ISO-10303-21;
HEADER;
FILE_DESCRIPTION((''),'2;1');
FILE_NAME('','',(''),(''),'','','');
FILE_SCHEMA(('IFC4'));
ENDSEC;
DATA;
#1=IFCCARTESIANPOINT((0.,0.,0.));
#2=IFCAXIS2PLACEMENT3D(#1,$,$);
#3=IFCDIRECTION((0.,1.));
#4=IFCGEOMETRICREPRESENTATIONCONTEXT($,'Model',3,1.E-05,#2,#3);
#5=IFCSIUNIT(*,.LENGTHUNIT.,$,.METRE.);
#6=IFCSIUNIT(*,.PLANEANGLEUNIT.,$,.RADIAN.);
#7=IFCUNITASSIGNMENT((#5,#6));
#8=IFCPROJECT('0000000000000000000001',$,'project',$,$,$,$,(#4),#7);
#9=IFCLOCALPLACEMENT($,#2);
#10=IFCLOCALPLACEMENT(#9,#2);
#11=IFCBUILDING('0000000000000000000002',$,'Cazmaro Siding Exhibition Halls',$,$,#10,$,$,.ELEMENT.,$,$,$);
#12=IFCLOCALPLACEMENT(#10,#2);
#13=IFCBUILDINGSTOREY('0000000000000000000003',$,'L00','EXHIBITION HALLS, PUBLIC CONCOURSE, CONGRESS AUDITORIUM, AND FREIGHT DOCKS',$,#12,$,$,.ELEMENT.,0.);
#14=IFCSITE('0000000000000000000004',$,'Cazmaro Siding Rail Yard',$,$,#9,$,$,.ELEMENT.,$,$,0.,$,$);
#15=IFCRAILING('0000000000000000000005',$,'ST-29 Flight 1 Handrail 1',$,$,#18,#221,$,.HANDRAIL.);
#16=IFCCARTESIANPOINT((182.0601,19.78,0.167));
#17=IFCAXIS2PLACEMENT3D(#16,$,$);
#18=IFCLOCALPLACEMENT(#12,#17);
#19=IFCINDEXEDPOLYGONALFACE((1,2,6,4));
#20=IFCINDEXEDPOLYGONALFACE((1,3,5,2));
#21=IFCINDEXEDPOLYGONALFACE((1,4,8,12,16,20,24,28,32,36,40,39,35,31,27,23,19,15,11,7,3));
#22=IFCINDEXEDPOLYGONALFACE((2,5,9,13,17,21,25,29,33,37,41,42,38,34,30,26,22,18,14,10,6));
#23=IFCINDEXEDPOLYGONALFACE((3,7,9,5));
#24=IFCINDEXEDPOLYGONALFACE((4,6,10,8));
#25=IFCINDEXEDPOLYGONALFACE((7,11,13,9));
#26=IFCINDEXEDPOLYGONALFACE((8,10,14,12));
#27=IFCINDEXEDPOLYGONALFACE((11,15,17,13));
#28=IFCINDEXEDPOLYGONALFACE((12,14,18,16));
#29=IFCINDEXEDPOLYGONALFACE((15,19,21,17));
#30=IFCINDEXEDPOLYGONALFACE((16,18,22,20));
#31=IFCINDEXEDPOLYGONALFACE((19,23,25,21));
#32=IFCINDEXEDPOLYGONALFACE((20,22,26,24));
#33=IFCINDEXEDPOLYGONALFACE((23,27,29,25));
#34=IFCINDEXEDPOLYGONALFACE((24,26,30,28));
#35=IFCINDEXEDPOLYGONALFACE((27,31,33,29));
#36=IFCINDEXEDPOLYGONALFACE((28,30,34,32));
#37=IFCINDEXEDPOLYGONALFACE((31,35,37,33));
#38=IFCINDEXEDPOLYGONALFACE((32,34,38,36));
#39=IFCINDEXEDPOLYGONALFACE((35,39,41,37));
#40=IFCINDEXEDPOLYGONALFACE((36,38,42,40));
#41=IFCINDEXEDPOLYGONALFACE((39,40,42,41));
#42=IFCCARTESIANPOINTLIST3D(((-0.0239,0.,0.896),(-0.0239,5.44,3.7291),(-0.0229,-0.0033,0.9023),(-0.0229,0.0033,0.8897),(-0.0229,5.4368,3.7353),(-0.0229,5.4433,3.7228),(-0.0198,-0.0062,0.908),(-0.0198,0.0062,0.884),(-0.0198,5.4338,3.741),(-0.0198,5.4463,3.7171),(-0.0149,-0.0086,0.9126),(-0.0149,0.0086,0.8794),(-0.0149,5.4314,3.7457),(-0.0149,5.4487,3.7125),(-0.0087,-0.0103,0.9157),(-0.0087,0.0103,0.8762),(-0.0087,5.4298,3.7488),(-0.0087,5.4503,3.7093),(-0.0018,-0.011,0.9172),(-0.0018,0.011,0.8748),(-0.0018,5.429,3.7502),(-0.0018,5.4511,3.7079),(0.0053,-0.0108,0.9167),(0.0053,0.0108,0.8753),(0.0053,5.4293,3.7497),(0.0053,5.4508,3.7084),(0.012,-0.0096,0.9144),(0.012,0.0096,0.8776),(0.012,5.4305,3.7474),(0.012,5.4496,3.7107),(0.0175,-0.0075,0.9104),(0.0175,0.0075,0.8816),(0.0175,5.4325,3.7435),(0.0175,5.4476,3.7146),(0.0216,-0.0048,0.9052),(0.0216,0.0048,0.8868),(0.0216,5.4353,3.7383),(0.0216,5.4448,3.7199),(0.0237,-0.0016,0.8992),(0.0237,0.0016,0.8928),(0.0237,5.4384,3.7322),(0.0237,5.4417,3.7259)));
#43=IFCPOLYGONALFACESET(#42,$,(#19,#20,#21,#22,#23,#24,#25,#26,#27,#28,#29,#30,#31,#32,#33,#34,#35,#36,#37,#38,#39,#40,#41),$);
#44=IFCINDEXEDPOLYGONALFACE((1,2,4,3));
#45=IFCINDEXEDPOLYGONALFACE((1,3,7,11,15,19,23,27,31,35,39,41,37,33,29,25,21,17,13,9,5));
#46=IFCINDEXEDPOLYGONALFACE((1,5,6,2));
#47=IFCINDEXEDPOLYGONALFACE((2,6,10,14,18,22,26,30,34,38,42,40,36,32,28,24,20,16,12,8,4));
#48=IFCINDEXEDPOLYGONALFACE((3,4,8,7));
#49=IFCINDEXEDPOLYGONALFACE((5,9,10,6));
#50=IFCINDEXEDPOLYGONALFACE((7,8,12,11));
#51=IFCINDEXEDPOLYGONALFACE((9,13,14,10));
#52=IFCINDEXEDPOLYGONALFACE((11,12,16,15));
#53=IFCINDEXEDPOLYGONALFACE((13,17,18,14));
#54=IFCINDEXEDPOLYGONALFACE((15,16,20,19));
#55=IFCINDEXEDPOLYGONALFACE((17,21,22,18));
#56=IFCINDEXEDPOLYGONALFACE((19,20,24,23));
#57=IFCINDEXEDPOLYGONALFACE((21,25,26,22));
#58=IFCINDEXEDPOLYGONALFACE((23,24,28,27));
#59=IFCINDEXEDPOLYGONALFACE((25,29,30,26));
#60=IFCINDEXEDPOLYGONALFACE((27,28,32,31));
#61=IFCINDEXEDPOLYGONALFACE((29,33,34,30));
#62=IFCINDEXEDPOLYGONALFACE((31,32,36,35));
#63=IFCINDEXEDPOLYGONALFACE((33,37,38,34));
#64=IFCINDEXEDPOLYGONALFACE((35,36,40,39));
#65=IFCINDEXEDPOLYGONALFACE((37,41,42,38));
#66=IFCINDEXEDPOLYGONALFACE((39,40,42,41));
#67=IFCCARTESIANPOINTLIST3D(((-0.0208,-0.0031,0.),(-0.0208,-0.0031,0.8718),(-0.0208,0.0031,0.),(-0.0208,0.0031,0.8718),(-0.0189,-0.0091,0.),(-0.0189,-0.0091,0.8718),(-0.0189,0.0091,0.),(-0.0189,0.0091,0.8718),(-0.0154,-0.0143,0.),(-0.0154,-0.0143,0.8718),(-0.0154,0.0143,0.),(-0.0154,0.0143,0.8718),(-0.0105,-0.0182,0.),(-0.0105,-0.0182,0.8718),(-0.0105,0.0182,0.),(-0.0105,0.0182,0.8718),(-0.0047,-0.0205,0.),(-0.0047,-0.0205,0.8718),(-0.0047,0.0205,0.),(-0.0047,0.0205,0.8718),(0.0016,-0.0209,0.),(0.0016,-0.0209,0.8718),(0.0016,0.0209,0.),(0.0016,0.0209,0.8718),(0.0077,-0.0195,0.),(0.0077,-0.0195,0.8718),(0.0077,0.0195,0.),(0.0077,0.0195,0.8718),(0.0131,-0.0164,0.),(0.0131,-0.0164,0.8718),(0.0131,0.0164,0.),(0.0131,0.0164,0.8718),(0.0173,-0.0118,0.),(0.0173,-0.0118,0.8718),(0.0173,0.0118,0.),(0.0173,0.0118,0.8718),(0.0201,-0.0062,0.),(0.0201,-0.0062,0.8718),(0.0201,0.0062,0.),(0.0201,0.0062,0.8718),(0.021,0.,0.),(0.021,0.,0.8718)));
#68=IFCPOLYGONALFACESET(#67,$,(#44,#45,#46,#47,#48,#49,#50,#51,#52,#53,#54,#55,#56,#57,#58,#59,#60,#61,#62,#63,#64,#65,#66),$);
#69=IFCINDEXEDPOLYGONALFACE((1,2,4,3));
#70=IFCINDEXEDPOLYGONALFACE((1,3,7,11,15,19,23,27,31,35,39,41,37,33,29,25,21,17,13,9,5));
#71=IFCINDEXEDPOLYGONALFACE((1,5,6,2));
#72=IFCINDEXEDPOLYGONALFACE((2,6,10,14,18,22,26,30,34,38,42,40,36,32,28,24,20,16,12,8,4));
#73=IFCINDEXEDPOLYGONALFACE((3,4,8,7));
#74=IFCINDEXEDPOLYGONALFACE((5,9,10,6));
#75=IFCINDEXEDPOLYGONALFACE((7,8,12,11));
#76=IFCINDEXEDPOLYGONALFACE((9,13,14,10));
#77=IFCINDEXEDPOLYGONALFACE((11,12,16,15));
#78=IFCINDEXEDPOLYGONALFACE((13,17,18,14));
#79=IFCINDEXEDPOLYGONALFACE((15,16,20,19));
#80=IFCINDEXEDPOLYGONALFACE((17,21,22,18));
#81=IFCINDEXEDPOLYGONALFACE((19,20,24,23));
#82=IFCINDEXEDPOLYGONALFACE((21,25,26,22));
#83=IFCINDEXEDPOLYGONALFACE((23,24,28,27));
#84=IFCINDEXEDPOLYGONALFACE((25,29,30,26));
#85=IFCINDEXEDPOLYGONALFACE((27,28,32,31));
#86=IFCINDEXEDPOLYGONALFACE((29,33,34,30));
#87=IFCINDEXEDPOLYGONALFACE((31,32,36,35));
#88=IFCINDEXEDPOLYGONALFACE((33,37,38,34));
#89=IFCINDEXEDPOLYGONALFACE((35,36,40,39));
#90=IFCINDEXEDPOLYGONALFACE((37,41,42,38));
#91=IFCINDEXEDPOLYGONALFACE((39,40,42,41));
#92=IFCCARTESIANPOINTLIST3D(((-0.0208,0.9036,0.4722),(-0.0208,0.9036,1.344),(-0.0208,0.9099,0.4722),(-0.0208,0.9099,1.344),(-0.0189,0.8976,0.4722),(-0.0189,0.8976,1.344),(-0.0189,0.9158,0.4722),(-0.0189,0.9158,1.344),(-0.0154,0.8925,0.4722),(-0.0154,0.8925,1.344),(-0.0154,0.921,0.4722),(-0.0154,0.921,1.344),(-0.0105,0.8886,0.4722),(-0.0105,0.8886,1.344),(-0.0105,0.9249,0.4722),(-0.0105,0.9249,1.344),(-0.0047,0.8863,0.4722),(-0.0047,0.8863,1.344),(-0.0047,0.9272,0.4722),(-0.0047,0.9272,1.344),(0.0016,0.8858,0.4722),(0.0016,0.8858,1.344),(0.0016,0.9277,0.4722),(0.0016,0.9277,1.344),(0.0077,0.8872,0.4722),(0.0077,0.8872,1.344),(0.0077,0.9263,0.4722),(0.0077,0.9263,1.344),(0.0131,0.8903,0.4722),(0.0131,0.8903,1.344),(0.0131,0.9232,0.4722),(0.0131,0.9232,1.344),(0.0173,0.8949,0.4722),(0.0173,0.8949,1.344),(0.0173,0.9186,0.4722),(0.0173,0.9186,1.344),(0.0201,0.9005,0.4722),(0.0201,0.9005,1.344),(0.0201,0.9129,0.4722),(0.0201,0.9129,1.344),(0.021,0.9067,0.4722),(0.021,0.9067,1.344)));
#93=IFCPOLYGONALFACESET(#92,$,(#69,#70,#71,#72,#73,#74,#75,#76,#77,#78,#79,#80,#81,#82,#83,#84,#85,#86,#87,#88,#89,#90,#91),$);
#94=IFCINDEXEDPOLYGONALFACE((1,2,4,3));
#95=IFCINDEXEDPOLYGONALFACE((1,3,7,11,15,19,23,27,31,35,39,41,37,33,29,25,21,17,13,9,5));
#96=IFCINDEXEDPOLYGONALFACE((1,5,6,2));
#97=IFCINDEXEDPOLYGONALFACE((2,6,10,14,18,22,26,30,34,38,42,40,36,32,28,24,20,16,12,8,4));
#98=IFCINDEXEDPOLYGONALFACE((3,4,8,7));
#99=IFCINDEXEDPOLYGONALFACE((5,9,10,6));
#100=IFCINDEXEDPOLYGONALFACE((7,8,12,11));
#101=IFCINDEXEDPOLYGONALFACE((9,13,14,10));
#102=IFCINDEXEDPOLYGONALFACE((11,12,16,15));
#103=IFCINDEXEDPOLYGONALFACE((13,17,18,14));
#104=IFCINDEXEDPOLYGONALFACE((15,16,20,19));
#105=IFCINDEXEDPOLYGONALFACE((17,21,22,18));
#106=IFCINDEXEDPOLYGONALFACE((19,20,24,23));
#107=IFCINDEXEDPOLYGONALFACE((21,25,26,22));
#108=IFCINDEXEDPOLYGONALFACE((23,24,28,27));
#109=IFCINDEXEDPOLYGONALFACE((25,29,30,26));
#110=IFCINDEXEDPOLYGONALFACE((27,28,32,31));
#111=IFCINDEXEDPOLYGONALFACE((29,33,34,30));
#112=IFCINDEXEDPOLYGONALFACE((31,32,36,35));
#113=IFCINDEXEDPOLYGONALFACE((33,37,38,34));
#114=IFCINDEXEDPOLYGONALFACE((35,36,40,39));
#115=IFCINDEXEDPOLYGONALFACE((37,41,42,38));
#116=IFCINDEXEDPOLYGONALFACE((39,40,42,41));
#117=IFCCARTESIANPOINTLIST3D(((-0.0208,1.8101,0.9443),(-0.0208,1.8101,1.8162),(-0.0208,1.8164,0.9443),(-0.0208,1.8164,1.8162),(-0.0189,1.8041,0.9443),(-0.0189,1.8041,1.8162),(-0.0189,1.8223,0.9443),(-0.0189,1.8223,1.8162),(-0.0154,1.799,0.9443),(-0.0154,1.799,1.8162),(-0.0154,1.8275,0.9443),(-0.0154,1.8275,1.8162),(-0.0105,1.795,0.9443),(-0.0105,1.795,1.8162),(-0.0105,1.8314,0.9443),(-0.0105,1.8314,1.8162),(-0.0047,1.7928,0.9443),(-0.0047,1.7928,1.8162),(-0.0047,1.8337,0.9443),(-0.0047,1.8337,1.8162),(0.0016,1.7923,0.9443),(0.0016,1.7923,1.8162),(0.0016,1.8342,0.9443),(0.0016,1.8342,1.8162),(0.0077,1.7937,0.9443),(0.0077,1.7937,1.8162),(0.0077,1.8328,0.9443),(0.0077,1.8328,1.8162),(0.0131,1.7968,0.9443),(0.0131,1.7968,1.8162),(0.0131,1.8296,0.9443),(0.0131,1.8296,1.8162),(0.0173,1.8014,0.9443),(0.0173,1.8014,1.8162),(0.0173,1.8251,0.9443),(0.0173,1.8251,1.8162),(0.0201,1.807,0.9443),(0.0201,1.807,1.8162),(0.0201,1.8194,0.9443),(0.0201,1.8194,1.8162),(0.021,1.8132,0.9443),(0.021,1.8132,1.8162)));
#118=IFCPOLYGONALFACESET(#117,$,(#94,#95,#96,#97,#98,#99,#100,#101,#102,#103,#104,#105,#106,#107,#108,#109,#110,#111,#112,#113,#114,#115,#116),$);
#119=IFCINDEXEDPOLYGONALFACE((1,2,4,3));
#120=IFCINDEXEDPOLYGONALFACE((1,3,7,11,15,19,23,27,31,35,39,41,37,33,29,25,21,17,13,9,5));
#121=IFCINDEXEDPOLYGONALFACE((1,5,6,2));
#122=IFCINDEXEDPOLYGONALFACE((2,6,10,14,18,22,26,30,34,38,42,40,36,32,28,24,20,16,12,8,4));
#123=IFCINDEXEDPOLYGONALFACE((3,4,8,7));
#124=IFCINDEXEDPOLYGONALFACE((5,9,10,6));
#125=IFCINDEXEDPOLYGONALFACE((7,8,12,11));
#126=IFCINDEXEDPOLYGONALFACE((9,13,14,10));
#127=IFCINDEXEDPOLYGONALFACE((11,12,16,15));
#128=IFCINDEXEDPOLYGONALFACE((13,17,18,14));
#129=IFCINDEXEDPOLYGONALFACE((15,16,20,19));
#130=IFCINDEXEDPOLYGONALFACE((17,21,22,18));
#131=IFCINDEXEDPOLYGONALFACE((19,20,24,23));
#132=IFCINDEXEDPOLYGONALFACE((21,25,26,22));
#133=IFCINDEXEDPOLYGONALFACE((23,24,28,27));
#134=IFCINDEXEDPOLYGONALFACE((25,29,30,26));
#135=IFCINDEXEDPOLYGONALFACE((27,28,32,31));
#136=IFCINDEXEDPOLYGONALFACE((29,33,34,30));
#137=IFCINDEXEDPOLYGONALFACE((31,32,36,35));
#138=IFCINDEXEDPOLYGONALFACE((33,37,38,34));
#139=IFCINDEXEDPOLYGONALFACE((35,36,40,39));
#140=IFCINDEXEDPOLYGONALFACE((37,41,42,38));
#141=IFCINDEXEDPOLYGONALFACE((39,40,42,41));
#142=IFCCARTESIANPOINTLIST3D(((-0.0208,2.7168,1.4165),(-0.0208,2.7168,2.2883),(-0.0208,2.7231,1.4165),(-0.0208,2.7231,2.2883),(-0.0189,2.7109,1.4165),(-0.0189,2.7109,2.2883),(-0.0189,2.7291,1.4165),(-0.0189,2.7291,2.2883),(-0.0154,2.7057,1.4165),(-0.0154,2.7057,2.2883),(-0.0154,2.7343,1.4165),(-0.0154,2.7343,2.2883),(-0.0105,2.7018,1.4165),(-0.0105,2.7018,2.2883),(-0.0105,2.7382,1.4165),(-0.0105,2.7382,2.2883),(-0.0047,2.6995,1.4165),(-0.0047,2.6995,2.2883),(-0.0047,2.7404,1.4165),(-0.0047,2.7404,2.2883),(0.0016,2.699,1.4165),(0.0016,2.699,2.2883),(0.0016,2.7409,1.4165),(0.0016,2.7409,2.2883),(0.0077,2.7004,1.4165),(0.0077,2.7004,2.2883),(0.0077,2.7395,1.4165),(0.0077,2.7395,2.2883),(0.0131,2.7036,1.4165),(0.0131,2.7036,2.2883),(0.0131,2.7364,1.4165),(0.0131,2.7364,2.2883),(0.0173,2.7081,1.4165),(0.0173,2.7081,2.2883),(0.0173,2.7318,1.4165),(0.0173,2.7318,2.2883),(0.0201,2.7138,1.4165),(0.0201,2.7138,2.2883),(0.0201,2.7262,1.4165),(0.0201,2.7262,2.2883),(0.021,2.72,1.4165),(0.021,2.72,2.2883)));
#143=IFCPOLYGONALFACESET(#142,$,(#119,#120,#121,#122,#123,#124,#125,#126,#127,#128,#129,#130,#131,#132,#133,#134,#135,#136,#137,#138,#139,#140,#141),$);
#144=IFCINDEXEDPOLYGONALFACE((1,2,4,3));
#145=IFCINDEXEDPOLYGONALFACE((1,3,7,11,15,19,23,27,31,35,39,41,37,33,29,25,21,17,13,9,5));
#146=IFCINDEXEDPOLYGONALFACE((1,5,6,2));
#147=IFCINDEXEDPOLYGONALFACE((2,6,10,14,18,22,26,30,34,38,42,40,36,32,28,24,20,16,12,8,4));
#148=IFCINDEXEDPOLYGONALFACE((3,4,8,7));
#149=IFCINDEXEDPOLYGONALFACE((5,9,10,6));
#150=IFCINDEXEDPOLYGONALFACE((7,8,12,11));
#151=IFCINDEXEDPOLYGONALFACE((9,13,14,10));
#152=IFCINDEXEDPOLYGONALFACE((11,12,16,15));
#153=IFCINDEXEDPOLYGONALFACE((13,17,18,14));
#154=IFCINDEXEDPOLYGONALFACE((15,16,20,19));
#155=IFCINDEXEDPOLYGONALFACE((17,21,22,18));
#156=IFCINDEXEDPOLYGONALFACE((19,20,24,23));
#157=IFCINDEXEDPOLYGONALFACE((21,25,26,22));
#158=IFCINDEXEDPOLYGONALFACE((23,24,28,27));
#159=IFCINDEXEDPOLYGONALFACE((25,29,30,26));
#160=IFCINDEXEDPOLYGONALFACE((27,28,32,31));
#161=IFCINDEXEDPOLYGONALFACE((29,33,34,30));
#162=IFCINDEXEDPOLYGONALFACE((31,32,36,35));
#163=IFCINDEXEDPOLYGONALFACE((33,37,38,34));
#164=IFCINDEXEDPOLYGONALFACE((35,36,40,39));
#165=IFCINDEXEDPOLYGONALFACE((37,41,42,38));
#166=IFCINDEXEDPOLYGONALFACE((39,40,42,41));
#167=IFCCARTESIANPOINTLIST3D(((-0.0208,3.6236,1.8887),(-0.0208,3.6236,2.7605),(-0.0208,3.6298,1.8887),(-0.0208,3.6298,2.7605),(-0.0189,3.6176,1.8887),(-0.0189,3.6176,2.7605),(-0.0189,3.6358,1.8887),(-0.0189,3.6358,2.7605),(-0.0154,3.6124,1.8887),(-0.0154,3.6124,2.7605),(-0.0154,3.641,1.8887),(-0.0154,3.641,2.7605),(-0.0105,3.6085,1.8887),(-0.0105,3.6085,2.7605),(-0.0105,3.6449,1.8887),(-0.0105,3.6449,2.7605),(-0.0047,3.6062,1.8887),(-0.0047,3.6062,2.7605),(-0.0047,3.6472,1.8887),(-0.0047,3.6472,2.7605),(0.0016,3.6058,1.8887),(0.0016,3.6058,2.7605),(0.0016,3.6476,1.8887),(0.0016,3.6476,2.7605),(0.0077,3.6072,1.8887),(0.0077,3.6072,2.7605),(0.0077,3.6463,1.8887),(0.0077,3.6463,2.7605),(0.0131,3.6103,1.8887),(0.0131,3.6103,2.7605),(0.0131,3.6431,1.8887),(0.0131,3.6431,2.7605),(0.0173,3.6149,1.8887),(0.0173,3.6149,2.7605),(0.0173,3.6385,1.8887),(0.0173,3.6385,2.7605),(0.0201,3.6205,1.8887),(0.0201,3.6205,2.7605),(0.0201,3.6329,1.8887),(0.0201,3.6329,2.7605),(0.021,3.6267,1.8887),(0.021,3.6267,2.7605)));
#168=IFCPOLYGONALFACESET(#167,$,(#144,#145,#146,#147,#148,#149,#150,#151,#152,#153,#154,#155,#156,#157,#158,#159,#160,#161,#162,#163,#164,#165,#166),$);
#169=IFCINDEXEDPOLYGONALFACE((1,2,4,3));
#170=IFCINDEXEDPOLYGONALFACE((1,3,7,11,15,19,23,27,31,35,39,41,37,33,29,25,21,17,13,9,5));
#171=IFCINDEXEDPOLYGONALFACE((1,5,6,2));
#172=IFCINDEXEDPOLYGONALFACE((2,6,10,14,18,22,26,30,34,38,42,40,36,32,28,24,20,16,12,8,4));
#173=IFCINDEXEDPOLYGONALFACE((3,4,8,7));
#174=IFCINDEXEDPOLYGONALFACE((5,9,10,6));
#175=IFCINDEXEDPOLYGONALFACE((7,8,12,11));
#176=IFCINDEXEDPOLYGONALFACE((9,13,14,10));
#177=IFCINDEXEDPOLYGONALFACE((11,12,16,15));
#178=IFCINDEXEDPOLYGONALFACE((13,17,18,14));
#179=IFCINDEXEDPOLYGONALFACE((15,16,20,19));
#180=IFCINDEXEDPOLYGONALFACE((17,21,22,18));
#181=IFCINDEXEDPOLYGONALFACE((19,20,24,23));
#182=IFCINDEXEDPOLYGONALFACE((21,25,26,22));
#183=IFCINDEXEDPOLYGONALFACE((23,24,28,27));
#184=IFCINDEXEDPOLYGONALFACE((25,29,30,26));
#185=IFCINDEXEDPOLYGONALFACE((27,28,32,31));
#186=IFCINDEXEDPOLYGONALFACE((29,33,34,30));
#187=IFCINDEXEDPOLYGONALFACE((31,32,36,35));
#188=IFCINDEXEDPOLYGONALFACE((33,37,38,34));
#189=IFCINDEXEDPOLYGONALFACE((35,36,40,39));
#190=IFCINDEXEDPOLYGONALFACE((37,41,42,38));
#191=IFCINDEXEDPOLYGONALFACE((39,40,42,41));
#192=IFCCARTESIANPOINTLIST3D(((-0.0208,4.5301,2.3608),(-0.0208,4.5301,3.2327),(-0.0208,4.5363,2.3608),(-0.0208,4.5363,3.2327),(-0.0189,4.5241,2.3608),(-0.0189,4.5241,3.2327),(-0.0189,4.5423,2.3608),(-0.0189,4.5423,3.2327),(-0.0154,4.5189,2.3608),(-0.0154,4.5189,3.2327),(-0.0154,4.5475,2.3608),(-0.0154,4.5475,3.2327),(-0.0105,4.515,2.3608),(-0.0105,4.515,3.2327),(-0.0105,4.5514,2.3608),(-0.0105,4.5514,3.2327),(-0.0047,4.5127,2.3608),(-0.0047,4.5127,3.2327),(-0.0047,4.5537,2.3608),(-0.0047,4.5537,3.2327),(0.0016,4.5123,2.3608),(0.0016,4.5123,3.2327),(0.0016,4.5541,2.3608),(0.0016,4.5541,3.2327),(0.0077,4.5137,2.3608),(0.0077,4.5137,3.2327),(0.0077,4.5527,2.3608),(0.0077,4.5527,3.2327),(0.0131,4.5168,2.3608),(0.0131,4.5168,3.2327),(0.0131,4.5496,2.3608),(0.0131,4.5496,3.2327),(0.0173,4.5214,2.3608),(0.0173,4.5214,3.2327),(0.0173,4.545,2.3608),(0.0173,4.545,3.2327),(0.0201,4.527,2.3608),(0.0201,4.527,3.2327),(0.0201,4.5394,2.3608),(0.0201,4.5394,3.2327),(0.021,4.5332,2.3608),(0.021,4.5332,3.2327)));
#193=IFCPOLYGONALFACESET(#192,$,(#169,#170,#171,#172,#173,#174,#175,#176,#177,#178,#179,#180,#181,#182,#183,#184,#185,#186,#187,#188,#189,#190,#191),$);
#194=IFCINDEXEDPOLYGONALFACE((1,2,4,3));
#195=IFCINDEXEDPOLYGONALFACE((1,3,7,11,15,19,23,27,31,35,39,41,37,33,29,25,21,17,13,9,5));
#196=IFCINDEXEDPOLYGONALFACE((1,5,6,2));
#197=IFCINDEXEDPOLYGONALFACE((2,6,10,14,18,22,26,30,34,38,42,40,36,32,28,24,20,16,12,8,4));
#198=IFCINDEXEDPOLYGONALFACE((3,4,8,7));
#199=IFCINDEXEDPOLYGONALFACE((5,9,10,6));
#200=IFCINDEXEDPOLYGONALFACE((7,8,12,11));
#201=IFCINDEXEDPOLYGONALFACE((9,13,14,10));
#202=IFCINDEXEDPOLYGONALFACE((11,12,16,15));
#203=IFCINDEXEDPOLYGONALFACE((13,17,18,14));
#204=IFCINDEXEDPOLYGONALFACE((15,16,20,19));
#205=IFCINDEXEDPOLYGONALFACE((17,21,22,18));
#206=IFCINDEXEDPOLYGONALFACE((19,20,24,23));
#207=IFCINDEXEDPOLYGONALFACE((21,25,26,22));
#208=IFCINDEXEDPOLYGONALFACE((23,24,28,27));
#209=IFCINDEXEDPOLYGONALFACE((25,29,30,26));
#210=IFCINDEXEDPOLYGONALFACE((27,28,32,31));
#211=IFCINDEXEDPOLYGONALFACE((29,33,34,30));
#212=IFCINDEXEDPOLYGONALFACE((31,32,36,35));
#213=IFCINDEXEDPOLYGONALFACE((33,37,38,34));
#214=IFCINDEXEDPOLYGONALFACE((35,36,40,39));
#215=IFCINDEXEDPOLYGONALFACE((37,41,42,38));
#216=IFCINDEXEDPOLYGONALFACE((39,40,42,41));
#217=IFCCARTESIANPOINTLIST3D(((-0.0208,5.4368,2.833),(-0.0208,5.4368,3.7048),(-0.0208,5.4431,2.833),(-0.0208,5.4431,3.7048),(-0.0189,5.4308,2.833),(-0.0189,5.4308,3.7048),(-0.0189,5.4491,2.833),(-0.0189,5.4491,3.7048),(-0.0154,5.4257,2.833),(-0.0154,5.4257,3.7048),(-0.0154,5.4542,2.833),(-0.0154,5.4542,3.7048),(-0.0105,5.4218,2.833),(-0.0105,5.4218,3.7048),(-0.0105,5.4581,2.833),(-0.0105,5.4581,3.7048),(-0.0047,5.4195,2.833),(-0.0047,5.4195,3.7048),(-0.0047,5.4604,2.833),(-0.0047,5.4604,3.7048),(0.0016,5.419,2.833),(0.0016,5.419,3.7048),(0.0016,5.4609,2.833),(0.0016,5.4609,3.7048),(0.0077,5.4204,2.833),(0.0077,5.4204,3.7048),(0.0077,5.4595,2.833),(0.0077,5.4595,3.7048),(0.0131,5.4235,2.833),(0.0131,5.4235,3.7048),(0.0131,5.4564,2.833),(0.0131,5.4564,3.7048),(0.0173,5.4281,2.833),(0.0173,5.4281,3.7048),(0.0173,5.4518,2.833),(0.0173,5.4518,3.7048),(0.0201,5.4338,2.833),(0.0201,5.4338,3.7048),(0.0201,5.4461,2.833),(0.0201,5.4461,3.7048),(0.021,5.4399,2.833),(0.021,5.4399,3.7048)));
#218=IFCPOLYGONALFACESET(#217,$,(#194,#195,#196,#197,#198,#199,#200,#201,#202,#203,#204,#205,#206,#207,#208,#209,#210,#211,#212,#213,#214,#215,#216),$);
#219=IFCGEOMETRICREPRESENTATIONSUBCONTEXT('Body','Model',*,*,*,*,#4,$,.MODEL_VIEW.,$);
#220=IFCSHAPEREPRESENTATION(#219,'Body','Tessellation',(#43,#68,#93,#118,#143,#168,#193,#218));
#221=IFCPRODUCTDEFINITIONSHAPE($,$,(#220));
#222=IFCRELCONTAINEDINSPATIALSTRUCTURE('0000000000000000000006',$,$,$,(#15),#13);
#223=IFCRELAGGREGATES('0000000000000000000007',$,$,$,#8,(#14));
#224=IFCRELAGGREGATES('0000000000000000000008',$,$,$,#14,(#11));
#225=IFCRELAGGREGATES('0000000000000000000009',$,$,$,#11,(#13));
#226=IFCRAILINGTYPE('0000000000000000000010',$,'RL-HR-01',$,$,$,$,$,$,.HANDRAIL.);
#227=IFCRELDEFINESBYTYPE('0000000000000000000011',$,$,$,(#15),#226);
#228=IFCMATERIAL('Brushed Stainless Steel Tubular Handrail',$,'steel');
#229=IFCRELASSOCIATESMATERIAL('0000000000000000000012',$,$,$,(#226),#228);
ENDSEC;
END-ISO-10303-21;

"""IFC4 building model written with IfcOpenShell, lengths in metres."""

from ifc_helpers import new_model, si_unit, direction, frame, origin, origin_2d, place, context, subcontext, project, spatial, circle, extrude, material, type_object, element, save


model = new_model("IFC4")

# Units and contexts
model_context = context("Model", 3, precision=1e-05, world=origin(), true_north=direction((0.0, 1.0)))
body_context = subcontext(model_context, "Body", "Model", "MODEL_VIEW")
ifc_project = project(units=[si_unit("LENGTHUNIT", "METRE"), si_unit("PLANEANGLEUNIT", "RADIAN")], contexts=[model_context])

# Site, building, storey
site_placement = place(None, origin())
site = spatial("IfcSite", under=ifc_project, at=site_placement, Name="Cazmaro Siding Rail Yard", CompositionType="ELEMENT", RefElevation=0.0)
building_placement = place(site_placement, origin())
building = spatial("IfcBuilding", under=site, at=building_placement, Name="Cazmaro Siding Exhibition Halls", CompositionType="ELEMENT")
storey_placement = place(building_placement, origin())
storey = spatial("IfcBuildingStorey", under=building, at=storey_placement, Name="L00", Description="EXHIBITION HALLS, PUBLIC CONCOURSE, CONGRESS AUDITORIUM, AND FREIGHT DOCKS", CompositionType="ELEMENT", Elevation=0.0)

# Railing
ifc_material_1 = material(Name="Brushed Stainless Steel Tubular Handrail", Category="steel")
railing_type_1 = type_object("IfcRailingType", Name="RL-HR-01", PredefinedType="HANDRAIL", material=ifc_material_1)
railing_1_placement = place(storey_placement, frame((182.0601, 19.78, 0.167)))
element("IfcRailing", 1, at=railing_1_placement, inside=storey, type_object=railing_type_1, Name="ST-29 Flight 1 Handrail 1", PredefinedType="HANDRAIL", context=body_context, shape_type="SweptSolid", body=[
    extrude(circle(Radius=0.0239, at=origin_2d()), frame((0.0, 0.0, 0.896), z_axis=(0.0, 0.886934, 0.461897), x_axis=(-1.0, 0.0, 0.0)), (0.0, 0.0, 1.0), 6.1335),
    extrude(circle(Radius=0.021, at=origin_2d()), origin(), (0.0, 0.0, 1.0), 0.8718),
    extrude(circle(Radius=0.021, at=origin_2d()), frame((0.0, 0.9067, 0.4722)), (0.0, 0.0, 1.0), 0.8718),
    extrude(circle(Radius=0.021, at=origin_2d()), frame((0.0, 1.8132, 0.9443)), (0.0, 0.0, 1.0), 0.8718),
    extrude(circle(Radius=0.021, at=origin_2d()), frame((0.0, 2.72, 1.4165)), (0.0, 0.0, 1.0), 0.8718),
    extrude(circle(Radius=0.021, at=origin_2d()), frame((0.0, 3.6267, 1.8887)), (0.0, 0.0, 1.0), 0.8718),
    extrude(circle(Radius=0.021, at=origin_2d()), frame((0.0, 4.5332, 2.3608)), (0.0, 0.0, 1.0), 0.8718),
    extrude(circle(Radius=0.021, at=origin_2d()), frame((0.0, 5.4399, 2.833)), (0.0, 0.0, 1.0), 0.8718),
])

save(model, "model.ifc")
